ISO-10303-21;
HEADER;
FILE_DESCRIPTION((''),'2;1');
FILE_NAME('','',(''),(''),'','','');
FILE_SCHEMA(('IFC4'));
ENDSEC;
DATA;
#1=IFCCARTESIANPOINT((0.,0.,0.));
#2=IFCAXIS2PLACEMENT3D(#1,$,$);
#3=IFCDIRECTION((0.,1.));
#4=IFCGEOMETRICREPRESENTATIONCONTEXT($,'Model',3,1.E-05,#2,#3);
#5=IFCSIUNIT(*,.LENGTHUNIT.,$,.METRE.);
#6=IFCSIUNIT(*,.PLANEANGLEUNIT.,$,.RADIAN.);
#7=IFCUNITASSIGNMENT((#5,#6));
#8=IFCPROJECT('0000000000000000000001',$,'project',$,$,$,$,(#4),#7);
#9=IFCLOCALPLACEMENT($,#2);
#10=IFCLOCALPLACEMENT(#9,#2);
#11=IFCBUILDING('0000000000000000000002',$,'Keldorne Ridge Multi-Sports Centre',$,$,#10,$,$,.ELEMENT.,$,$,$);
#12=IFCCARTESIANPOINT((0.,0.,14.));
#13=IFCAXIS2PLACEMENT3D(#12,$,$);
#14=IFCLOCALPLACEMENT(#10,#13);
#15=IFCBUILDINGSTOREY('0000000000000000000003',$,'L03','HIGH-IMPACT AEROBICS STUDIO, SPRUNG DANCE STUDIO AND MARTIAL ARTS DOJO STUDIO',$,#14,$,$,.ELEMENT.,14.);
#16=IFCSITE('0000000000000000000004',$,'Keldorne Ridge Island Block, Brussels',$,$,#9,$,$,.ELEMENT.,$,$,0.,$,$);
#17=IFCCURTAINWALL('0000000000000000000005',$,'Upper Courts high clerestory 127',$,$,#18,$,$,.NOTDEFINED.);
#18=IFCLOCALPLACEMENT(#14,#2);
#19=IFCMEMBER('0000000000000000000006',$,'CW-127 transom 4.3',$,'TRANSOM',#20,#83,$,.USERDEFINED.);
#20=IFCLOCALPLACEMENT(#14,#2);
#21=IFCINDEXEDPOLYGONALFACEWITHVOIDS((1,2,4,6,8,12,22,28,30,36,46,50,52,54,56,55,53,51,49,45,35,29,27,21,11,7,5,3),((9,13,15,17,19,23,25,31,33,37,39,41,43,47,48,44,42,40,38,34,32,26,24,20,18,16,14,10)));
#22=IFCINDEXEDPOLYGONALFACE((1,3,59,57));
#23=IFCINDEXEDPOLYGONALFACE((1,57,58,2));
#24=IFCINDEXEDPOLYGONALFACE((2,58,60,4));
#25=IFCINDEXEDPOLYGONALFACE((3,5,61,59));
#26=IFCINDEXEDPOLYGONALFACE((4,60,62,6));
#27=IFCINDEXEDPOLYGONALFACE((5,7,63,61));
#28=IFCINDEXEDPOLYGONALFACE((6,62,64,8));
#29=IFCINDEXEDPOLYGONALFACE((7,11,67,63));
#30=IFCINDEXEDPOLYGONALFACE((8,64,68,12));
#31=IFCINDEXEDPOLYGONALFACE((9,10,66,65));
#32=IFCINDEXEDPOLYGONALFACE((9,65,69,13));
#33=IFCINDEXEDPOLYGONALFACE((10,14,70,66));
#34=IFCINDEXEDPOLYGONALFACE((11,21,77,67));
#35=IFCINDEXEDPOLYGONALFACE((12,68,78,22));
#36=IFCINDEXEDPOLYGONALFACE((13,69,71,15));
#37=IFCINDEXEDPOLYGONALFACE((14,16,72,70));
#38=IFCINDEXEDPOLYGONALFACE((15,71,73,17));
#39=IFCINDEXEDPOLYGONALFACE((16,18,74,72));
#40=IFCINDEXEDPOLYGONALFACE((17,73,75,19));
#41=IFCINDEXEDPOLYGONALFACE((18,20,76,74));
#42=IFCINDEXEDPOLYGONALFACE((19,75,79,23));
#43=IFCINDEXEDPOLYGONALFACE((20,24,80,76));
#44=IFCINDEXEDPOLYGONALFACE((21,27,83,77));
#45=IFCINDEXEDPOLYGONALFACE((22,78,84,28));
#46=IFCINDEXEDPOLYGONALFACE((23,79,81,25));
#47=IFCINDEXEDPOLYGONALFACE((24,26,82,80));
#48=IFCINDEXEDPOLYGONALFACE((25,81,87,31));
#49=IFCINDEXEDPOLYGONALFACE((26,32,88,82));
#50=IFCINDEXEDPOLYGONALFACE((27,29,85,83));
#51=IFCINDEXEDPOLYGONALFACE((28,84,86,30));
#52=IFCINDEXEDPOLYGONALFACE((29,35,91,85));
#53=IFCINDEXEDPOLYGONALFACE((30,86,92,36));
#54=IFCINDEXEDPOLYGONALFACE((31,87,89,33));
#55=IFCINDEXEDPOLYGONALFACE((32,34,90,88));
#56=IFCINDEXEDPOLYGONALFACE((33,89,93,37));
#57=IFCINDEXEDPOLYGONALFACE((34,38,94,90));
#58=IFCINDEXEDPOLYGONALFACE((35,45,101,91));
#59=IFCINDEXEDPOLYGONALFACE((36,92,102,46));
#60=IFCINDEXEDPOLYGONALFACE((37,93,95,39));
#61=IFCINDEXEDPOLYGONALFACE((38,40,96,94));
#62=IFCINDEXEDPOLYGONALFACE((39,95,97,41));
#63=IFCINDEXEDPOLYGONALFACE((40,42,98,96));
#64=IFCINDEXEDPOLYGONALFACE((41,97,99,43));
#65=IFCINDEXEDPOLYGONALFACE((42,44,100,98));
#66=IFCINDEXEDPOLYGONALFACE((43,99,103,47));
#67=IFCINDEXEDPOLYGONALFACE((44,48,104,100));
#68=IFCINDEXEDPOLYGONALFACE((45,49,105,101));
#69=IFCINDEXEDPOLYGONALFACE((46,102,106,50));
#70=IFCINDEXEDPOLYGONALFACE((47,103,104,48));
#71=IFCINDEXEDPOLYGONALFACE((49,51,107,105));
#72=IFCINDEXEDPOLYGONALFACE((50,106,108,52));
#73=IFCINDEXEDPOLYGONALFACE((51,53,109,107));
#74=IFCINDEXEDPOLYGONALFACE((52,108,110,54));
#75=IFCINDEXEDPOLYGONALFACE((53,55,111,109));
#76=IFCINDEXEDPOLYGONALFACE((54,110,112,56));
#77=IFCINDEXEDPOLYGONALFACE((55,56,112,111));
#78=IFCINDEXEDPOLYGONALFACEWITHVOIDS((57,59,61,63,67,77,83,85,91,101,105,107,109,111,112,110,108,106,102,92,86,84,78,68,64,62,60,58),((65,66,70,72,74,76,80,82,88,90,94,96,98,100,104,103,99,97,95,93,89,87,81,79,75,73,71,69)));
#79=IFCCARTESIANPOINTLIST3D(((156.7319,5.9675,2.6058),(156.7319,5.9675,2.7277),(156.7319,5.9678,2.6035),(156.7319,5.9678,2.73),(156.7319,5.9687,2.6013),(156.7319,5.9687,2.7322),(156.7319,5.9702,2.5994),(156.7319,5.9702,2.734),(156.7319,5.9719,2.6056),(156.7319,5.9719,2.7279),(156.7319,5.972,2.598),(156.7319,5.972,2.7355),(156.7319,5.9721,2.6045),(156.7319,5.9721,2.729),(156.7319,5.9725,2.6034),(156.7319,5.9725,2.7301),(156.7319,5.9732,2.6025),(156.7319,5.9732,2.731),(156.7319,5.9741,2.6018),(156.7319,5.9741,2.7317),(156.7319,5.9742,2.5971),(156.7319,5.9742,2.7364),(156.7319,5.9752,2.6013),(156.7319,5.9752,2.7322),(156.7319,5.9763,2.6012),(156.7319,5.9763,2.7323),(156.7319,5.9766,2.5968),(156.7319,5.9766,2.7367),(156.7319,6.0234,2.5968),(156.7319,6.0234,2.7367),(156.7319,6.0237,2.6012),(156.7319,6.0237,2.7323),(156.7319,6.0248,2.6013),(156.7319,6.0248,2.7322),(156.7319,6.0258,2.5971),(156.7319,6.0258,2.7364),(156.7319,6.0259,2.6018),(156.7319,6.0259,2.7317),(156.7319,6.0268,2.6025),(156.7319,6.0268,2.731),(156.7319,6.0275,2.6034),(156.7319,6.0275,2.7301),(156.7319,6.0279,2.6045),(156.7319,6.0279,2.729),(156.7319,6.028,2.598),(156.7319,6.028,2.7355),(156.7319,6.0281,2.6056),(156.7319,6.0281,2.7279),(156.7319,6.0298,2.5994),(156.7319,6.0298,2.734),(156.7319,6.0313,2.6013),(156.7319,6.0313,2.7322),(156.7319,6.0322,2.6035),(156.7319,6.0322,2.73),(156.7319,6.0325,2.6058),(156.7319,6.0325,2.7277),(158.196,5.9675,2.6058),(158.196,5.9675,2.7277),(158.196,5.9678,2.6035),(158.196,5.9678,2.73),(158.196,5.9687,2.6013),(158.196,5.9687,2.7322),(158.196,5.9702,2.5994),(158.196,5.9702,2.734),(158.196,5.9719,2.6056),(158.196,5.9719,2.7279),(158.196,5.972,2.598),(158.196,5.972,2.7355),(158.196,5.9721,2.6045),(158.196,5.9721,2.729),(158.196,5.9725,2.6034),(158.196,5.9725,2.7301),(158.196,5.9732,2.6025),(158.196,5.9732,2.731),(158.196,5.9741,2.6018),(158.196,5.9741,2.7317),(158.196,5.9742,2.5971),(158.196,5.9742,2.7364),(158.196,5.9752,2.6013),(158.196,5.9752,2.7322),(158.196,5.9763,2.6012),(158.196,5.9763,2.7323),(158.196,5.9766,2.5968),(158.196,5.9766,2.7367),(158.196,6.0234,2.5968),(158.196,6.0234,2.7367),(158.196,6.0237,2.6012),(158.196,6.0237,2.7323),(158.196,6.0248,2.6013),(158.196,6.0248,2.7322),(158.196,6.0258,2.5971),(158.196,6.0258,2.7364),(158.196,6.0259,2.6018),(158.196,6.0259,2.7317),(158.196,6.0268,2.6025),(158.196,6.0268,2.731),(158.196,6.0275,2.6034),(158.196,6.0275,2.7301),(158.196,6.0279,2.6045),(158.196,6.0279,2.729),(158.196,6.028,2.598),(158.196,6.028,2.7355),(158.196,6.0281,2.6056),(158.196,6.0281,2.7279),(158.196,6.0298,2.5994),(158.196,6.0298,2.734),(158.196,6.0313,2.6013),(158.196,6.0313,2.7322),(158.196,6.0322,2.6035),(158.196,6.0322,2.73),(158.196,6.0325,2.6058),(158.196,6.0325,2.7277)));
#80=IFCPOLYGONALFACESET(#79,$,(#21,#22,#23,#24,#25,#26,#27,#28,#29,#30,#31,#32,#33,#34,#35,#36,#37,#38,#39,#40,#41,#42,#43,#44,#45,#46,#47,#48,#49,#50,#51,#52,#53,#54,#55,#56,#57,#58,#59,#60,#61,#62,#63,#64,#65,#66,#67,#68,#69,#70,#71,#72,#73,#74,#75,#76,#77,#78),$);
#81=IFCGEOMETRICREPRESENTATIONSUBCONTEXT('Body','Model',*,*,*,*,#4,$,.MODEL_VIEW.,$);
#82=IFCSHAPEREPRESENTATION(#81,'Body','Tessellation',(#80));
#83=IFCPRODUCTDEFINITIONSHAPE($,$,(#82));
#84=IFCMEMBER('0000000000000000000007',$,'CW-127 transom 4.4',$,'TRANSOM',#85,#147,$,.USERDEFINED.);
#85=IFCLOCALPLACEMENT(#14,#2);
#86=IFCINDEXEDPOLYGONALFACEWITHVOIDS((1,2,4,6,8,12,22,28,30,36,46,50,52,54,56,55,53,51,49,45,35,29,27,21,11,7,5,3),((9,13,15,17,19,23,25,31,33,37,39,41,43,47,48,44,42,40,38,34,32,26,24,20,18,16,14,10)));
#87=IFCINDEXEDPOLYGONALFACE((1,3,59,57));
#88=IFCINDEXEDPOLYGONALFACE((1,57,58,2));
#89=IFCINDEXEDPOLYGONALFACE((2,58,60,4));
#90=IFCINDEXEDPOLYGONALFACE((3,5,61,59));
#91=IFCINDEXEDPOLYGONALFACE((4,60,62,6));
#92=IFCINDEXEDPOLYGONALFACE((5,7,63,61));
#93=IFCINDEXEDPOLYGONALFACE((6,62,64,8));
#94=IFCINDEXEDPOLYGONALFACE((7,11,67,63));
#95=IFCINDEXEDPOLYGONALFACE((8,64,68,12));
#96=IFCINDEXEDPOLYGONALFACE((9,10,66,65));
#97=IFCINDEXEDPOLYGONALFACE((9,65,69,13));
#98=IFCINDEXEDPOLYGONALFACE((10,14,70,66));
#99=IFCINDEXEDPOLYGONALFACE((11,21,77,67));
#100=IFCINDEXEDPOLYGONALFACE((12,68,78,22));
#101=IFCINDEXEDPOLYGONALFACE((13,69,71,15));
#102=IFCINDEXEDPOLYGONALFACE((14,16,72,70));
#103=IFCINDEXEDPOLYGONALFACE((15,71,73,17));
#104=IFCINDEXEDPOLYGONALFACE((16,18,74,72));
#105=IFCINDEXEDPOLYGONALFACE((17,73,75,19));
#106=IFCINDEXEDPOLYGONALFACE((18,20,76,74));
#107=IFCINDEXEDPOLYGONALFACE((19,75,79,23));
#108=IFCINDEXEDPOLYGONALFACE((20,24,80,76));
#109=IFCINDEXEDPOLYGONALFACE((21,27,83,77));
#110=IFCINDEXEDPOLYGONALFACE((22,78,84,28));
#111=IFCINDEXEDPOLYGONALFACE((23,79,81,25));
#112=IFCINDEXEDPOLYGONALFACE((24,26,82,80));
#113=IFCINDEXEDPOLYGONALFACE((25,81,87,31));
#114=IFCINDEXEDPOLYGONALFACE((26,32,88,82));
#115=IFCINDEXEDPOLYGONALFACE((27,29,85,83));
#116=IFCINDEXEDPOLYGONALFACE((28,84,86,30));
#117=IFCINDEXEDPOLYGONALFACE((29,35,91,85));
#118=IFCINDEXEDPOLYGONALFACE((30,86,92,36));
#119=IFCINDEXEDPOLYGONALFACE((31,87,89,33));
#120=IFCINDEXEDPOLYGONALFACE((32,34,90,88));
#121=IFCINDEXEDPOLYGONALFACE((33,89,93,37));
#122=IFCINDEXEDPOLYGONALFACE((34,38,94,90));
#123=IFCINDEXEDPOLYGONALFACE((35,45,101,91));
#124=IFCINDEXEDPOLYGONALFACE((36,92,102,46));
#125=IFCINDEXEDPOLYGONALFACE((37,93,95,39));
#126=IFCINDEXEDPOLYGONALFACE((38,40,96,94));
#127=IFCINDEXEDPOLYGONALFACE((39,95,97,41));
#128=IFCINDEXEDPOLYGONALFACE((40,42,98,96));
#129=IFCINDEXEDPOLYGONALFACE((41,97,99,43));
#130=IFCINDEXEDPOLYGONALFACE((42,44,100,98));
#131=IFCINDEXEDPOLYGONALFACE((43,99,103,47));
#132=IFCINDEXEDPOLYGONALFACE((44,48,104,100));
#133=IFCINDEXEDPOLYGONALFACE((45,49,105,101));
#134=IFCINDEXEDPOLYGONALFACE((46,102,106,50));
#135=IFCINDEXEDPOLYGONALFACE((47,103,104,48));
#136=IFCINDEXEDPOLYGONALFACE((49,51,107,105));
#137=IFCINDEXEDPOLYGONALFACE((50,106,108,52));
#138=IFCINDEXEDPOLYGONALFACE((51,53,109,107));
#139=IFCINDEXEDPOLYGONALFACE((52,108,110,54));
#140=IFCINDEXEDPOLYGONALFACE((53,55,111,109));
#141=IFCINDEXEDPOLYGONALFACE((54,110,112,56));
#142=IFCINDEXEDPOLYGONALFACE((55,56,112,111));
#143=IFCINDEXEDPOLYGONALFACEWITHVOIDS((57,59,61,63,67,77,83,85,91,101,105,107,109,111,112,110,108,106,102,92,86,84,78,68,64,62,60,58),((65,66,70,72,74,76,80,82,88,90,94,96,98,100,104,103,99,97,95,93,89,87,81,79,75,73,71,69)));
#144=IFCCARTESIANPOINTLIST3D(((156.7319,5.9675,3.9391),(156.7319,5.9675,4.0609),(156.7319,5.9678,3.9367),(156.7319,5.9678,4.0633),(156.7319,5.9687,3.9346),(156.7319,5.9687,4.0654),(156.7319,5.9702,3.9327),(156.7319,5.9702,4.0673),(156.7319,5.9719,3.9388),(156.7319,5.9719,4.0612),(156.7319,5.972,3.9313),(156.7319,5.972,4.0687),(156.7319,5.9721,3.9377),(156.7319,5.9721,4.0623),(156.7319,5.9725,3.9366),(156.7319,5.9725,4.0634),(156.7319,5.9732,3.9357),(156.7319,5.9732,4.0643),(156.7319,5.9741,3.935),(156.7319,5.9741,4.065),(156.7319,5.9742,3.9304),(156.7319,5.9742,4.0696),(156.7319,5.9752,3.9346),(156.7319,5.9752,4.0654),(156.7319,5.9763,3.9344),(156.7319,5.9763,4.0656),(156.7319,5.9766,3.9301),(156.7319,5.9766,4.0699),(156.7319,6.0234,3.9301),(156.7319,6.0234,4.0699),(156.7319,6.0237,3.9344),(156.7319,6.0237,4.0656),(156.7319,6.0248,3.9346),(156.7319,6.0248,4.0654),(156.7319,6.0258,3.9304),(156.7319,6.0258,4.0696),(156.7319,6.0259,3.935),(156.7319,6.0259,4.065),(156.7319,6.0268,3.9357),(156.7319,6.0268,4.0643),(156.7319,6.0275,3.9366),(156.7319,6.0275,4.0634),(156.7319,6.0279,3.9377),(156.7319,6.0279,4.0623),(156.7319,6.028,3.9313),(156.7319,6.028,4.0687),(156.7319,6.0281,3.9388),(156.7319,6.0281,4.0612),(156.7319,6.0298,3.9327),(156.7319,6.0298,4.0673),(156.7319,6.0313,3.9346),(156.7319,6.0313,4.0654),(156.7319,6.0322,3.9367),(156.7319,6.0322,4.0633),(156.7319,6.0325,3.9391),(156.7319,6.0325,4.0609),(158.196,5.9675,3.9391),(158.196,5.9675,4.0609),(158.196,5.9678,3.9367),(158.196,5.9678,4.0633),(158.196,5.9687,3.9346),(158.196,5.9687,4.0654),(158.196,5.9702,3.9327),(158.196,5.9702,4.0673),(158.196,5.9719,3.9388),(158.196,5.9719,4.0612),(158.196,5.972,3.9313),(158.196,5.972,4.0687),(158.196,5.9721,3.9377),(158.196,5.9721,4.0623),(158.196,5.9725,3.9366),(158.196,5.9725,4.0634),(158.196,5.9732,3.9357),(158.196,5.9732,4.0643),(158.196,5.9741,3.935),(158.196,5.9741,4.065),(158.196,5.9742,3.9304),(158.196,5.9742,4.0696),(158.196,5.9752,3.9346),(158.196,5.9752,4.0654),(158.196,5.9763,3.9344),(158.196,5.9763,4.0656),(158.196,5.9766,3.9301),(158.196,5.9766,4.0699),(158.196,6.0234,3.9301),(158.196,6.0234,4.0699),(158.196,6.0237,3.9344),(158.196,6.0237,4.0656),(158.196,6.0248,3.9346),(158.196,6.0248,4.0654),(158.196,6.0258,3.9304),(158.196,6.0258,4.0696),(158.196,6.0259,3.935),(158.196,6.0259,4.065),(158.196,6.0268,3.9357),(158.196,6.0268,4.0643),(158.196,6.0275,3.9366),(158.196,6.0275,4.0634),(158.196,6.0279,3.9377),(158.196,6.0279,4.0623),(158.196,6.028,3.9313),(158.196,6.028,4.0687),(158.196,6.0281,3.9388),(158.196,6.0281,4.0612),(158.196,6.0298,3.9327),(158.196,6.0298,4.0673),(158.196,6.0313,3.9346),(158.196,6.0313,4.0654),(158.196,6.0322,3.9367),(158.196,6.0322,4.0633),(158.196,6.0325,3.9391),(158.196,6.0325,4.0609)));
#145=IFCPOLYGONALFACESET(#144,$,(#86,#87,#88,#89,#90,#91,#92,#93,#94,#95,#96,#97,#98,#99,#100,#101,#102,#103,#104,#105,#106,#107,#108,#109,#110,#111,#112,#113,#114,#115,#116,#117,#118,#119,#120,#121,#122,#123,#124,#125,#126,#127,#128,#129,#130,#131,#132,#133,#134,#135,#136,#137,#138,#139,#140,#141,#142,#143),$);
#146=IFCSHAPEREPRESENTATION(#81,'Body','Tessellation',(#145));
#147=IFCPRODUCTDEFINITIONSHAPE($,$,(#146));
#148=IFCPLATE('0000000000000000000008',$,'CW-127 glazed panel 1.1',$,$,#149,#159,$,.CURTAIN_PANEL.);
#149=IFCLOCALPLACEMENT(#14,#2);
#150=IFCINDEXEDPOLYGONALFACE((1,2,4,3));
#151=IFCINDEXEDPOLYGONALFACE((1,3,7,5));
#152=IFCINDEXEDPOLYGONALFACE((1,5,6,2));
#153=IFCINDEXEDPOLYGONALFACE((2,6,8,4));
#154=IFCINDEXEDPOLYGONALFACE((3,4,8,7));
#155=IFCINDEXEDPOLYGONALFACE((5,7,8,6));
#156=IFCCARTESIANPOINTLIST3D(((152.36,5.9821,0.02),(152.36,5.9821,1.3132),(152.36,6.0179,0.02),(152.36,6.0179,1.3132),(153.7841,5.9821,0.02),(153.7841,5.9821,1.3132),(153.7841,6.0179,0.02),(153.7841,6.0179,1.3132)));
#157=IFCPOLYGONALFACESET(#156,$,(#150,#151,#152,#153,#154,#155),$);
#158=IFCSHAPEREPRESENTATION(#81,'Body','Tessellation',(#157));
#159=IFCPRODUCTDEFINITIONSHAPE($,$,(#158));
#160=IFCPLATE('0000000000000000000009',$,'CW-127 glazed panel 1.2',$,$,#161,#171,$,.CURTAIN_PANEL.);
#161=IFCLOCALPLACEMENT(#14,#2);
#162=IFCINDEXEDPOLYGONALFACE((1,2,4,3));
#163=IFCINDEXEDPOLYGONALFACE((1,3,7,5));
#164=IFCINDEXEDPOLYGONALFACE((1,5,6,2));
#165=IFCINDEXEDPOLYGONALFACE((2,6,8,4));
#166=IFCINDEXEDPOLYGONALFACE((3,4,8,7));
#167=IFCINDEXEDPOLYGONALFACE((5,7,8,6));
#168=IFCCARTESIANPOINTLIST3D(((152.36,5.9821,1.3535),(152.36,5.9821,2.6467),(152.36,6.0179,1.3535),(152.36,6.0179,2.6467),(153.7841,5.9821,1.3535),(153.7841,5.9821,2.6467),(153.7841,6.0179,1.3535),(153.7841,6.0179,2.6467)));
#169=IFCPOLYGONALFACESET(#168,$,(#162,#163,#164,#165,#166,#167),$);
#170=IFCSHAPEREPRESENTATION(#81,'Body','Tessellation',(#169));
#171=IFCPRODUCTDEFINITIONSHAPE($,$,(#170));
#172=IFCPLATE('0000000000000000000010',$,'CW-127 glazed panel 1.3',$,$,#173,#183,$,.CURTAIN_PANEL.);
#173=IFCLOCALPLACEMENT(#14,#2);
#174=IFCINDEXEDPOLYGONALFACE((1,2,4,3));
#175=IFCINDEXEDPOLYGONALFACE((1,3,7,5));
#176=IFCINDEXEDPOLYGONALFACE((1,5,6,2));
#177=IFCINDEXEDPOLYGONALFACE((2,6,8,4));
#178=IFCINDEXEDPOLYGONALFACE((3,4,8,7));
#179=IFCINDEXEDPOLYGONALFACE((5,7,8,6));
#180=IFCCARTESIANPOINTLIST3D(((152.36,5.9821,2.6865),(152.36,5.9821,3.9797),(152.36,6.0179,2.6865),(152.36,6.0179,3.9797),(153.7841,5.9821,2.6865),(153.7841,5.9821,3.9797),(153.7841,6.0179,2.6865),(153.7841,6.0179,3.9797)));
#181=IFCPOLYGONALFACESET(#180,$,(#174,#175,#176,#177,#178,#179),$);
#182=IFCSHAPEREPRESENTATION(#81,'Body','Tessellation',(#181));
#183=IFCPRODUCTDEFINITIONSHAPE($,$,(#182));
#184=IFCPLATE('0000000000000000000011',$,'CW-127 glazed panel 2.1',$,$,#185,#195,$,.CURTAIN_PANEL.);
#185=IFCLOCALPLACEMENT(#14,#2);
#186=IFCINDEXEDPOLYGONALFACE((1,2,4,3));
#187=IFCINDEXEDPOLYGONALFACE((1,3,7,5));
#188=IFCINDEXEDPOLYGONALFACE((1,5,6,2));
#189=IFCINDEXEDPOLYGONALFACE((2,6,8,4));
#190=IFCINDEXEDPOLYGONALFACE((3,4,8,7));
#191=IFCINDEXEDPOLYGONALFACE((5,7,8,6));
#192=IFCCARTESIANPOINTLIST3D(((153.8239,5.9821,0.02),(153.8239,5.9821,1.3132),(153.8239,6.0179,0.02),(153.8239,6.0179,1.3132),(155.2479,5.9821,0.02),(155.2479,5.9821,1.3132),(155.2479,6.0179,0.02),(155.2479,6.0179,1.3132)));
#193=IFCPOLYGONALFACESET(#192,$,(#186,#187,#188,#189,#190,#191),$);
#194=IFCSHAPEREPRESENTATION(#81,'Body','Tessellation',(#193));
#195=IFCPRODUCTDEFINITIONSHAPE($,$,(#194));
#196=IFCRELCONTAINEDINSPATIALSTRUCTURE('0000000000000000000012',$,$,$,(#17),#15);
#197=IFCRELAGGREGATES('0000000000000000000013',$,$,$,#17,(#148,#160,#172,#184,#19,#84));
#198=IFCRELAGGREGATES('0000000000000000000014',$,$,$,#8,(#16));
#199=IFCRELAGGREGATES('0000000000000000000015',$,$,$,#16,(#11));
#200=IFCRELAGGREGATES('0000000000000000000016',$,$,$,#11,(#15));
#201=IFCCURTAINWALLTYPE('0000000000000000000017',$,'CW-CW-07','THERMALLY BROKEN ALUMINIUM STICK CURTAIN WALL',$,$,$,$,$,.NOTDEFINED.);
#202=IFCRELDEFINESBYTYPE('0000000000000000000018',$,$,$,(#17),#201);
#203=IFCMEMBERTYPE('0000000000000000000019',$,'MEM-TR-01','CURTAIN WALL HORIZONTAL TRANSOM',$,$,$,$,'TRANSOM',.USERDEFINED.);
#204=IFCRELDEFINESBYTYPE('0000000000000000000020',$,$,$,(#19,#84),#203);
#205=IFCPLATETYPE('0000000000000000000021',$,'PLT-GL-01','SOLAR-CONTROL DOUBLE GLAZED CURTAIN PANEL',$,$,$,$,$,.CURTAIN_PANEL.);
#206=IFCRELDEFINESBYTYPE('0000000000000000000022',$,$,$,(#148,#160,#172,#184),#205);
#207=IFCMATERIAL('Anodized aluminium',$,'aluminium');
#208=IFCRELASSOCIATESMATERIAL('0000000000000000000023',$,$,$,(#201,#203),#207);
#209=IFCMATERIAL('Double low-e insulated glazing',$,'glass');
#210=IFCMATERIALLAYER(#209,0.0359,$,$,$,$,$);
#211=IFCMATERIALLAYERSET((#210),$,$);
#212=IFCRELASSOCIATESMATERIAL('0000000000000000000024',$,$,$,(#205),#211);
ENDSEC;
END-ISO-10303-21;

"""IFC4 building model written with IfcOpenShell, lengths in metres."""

from ifc_helpers import new_model, si_unit, direction, frame, origin, origin_2d, place, context, subcontext, project, spatial, rectangle, hollow_rectangle, extrude, material, layer, layer_set, material_profile, profile_set, type_object, element, aggregate, save


model = new_model("IFC4")

# Units and contexts
model_context = context("Model", 3, precision=1e-05, world=origin(), true_north=direction((0.0, 1.0)))
body_context = subcontext(model_context, "Body", "Model", "MODEL_VIEW")
ifc_project = project(units=[si_unit("LENGTHUNIT", "METRE"), si_unit("PLANEANGLEUNIT", "RADIAN")], contexts=[model_context])

# Site, building, storey
site_placement = place(None, origin())
site = spatial("IfcSite", under=ifc_project, at=site_placement, Name="Keldorne Ridge Island Block, Brussels", CompositionType="ELEMENT", RefElevation=0.0)
building_placement = place(site_placement, origin())
building = spatial("IfcBuilding", under=site, at=building_placement, Name="Keldorne Ridge Multi-Sports Centre", CompositionType="ELEMENT")
storey_placement = place(building_placement, frame((0.0, 0.0, 14.0)))
storey = spatial("IfcBuildingStorey", under=building, at=storey_placement, Name="L03", Description="HIGH-IMPACT AEROBICS STUDIO, SPRUNG DANCE STUDIO AND MARTIAL ARTS DOJO STUDIO", CompositionType="ELEMENT", Elevation=14.0)

# Curtain wall, members, plates
ifc_material_1 = material(Name="Anodized aluminium", Category="aluminium")
curtain_wall_type = type_object("IfcCurtainWallType", Name="CW-CW-07", Description="THERMALLY BROKEN ALUMINIUM STICK CURTAIN WALL", PredefinedType="NOTDEFINED", material=ifc_material_1)
curtain_wall_placement = place(storey_placement, origin())
curtain_wall = element("IfcCurtainWall", 1, at=curtain_wall_placement, inside=storey, type_object=curtain_wall_type, Name="Upper Courts high clerestory 127", PredefinedType="NOTDEFINED")
ifc_material_profile_1 = material_profile(ifc_material_1, hollow_rectangle(XDim=0.0649, YDim=0.1399, WallThickness=0.0044, InnerFilletRadius=0.0044, OuterFilletRadius=0.009, at=origin_2d()), Name="ALU TRANSOM 140x65x4.5")
ifc_profile_set_1 = profile_set([ifc_material_profile_1], Name="Anodized aluminium")
member_type_1 = type_object("IfcMemberType", Name="MEM-TR-01", Description="CURTAIN WALL HORIZONTAL TRANSOM", ElementType="TRANSOM", PredefinedType="USERDEFINED", material=ifc_profile_set_1)
member_1_placement = place(storey_placement, frame((156.7319, 6.0, 2.6667), z_axis=(1.0, 0.0, 0.0), x_axis=(0.0, 1.0, 0.0)))
member_1 = element("IfcMember", 2, at=member_1_placement, type_object=member_type_1, Name="CW-127 transom 4.3", ObjectType="TRANSOM", PredefinedType="USERDEFINED", context=body_context, shape_type="SweptSolid", body=[
    extrude(hollow_rectangle(XDim=0.0649, YDim=0.1399, WallThickness=0.0044, InnerFilletRadius=0.0044, OuterFilletRadius=0.009, at=origin_2d()), origin(), (0.0, 0.0, 1.0), 1.4641),
])
member_2_placement = place(storey_placement, frame((156.7319, 6.0, 4.0), z_axis=(1.0, 0.0, 0.0), x_axis=(0.0, 1.0, 0.0)))
member_2 = element("IfcMember", 3, at=member_2_placement, type_object=member_type_1, Name="CW-127 transom 4.4", ObjectType="TRANSOM", PredefinedType="USERDEFINED", context=body_context, shape_type="SweptSolid", body=[
    extrude(hollow_rectangle(XDim=0.0649, YDim=0.1399, WallThickness=0.0044, InnerFilletRadius=0.0044, OuterFilletRadius=0.009, at=origin_2d()), origin(), (0.0, 0.0, 1.0), 1.4641),
])
ifc_material_2 = material(Name="Double low-e insulated glazing", Category="glass")
ifc_layer = layer(ifc_material_2, 0.0359)
ifc_layer_set = layer_set([ifc_layer])
plate_type = type_object("IfcPlateType", Name="PLT-GL-01", Description="SOLAR-CONTROL DOUBLE GLAZED CURTAIN PANEL", PredefinedType="CURTAIN_PANEL", material=ifc_layer_set)
plate_1_placement = place(storey_placement, frame((153.072, 6.0, 0.02), z_axis=(0.0, 0.0, 1.0), x_axis=(1.0, 0.0, 0.0)))
plate_1 = element("IfcPlate", 4, at=plate_1_placement, type_object=plate_type, Name="CW-127 glazed panel 1.1", PredefinedType="CURTAIN_PANEL", context=body_context, shape_type="SweptSolid", body=[
    extrude(rectangle(XDim=1.4241, YDim=0.0359, at=origin_2d()), origin(), (0.0, 0.0, 1.0), 1.2932),
])
plate_2_placement = place(storey_placement, frame((153.072, 6.0, 1.3535), z_axis=(0.0, 0.0, 1.0), x_axis=(1.0, 0.0, 0.0)))
plate_2 = element("IfcPlate", 5, at=plate_2_placement, type_object=plate_type, Name="CW-127 glazed panel 1.2", PredefinedType="CURTAIN_PANEL", context=body_context, shape_type="SweptSolid", body=[
    extrude(rectangle(XDim=1.4241, YDim=0.0359, at=origin_2d()), origin(), (0.0, 0.0, 1.0), 1.2932),
])
plate_3_placement = place(storey_placement, frame((153.072, 6.0, 2.6865), z_axis=(0.0, 0.0, 1.0), x_axis=(1.0, 0.0, 0.0)))
plate_3 = element("IfcPlate", 6, at=plate_3_placement, type_object=plate_type, Name="CW-127 glazed panel 1.3", PredefinedType="CURTAIN_PANEL", context=body_context, shape_type="SweptSolid", body=[
    extrude(rectangle(XDim=1.4241, YDim=0.0359, at=origin_2d()), origin(), (0.0, 0.0, 1.0), 1.2932),
])
plate_4_placement = place(storey_placement, frame((154.5359, 6.0, 0.02), z_axis=(0.0, 0.0, 1.0), x_axis=(1.0, 0.0, 0.0)))
plate_4 = element("IfcPlate", 7, at=plate_4_placement, type_object=plate_type, Name="CW-127 glazed panel 2.1", PredefinedType="CURTAIN_PANEL", context=body_context, shape_type="SweptSolid", body=[
    extrude(rectangle(XDim=1.4241, YDim=0.0359, at=origin_2d()), origin(), (0.0, 0.0, 1.0), 1.2932),
])
aggregate(curtain_wall, [plate_1, plate_2, plate_3, plate_4, member_1, member_2])

save(model, "model.ifc")
